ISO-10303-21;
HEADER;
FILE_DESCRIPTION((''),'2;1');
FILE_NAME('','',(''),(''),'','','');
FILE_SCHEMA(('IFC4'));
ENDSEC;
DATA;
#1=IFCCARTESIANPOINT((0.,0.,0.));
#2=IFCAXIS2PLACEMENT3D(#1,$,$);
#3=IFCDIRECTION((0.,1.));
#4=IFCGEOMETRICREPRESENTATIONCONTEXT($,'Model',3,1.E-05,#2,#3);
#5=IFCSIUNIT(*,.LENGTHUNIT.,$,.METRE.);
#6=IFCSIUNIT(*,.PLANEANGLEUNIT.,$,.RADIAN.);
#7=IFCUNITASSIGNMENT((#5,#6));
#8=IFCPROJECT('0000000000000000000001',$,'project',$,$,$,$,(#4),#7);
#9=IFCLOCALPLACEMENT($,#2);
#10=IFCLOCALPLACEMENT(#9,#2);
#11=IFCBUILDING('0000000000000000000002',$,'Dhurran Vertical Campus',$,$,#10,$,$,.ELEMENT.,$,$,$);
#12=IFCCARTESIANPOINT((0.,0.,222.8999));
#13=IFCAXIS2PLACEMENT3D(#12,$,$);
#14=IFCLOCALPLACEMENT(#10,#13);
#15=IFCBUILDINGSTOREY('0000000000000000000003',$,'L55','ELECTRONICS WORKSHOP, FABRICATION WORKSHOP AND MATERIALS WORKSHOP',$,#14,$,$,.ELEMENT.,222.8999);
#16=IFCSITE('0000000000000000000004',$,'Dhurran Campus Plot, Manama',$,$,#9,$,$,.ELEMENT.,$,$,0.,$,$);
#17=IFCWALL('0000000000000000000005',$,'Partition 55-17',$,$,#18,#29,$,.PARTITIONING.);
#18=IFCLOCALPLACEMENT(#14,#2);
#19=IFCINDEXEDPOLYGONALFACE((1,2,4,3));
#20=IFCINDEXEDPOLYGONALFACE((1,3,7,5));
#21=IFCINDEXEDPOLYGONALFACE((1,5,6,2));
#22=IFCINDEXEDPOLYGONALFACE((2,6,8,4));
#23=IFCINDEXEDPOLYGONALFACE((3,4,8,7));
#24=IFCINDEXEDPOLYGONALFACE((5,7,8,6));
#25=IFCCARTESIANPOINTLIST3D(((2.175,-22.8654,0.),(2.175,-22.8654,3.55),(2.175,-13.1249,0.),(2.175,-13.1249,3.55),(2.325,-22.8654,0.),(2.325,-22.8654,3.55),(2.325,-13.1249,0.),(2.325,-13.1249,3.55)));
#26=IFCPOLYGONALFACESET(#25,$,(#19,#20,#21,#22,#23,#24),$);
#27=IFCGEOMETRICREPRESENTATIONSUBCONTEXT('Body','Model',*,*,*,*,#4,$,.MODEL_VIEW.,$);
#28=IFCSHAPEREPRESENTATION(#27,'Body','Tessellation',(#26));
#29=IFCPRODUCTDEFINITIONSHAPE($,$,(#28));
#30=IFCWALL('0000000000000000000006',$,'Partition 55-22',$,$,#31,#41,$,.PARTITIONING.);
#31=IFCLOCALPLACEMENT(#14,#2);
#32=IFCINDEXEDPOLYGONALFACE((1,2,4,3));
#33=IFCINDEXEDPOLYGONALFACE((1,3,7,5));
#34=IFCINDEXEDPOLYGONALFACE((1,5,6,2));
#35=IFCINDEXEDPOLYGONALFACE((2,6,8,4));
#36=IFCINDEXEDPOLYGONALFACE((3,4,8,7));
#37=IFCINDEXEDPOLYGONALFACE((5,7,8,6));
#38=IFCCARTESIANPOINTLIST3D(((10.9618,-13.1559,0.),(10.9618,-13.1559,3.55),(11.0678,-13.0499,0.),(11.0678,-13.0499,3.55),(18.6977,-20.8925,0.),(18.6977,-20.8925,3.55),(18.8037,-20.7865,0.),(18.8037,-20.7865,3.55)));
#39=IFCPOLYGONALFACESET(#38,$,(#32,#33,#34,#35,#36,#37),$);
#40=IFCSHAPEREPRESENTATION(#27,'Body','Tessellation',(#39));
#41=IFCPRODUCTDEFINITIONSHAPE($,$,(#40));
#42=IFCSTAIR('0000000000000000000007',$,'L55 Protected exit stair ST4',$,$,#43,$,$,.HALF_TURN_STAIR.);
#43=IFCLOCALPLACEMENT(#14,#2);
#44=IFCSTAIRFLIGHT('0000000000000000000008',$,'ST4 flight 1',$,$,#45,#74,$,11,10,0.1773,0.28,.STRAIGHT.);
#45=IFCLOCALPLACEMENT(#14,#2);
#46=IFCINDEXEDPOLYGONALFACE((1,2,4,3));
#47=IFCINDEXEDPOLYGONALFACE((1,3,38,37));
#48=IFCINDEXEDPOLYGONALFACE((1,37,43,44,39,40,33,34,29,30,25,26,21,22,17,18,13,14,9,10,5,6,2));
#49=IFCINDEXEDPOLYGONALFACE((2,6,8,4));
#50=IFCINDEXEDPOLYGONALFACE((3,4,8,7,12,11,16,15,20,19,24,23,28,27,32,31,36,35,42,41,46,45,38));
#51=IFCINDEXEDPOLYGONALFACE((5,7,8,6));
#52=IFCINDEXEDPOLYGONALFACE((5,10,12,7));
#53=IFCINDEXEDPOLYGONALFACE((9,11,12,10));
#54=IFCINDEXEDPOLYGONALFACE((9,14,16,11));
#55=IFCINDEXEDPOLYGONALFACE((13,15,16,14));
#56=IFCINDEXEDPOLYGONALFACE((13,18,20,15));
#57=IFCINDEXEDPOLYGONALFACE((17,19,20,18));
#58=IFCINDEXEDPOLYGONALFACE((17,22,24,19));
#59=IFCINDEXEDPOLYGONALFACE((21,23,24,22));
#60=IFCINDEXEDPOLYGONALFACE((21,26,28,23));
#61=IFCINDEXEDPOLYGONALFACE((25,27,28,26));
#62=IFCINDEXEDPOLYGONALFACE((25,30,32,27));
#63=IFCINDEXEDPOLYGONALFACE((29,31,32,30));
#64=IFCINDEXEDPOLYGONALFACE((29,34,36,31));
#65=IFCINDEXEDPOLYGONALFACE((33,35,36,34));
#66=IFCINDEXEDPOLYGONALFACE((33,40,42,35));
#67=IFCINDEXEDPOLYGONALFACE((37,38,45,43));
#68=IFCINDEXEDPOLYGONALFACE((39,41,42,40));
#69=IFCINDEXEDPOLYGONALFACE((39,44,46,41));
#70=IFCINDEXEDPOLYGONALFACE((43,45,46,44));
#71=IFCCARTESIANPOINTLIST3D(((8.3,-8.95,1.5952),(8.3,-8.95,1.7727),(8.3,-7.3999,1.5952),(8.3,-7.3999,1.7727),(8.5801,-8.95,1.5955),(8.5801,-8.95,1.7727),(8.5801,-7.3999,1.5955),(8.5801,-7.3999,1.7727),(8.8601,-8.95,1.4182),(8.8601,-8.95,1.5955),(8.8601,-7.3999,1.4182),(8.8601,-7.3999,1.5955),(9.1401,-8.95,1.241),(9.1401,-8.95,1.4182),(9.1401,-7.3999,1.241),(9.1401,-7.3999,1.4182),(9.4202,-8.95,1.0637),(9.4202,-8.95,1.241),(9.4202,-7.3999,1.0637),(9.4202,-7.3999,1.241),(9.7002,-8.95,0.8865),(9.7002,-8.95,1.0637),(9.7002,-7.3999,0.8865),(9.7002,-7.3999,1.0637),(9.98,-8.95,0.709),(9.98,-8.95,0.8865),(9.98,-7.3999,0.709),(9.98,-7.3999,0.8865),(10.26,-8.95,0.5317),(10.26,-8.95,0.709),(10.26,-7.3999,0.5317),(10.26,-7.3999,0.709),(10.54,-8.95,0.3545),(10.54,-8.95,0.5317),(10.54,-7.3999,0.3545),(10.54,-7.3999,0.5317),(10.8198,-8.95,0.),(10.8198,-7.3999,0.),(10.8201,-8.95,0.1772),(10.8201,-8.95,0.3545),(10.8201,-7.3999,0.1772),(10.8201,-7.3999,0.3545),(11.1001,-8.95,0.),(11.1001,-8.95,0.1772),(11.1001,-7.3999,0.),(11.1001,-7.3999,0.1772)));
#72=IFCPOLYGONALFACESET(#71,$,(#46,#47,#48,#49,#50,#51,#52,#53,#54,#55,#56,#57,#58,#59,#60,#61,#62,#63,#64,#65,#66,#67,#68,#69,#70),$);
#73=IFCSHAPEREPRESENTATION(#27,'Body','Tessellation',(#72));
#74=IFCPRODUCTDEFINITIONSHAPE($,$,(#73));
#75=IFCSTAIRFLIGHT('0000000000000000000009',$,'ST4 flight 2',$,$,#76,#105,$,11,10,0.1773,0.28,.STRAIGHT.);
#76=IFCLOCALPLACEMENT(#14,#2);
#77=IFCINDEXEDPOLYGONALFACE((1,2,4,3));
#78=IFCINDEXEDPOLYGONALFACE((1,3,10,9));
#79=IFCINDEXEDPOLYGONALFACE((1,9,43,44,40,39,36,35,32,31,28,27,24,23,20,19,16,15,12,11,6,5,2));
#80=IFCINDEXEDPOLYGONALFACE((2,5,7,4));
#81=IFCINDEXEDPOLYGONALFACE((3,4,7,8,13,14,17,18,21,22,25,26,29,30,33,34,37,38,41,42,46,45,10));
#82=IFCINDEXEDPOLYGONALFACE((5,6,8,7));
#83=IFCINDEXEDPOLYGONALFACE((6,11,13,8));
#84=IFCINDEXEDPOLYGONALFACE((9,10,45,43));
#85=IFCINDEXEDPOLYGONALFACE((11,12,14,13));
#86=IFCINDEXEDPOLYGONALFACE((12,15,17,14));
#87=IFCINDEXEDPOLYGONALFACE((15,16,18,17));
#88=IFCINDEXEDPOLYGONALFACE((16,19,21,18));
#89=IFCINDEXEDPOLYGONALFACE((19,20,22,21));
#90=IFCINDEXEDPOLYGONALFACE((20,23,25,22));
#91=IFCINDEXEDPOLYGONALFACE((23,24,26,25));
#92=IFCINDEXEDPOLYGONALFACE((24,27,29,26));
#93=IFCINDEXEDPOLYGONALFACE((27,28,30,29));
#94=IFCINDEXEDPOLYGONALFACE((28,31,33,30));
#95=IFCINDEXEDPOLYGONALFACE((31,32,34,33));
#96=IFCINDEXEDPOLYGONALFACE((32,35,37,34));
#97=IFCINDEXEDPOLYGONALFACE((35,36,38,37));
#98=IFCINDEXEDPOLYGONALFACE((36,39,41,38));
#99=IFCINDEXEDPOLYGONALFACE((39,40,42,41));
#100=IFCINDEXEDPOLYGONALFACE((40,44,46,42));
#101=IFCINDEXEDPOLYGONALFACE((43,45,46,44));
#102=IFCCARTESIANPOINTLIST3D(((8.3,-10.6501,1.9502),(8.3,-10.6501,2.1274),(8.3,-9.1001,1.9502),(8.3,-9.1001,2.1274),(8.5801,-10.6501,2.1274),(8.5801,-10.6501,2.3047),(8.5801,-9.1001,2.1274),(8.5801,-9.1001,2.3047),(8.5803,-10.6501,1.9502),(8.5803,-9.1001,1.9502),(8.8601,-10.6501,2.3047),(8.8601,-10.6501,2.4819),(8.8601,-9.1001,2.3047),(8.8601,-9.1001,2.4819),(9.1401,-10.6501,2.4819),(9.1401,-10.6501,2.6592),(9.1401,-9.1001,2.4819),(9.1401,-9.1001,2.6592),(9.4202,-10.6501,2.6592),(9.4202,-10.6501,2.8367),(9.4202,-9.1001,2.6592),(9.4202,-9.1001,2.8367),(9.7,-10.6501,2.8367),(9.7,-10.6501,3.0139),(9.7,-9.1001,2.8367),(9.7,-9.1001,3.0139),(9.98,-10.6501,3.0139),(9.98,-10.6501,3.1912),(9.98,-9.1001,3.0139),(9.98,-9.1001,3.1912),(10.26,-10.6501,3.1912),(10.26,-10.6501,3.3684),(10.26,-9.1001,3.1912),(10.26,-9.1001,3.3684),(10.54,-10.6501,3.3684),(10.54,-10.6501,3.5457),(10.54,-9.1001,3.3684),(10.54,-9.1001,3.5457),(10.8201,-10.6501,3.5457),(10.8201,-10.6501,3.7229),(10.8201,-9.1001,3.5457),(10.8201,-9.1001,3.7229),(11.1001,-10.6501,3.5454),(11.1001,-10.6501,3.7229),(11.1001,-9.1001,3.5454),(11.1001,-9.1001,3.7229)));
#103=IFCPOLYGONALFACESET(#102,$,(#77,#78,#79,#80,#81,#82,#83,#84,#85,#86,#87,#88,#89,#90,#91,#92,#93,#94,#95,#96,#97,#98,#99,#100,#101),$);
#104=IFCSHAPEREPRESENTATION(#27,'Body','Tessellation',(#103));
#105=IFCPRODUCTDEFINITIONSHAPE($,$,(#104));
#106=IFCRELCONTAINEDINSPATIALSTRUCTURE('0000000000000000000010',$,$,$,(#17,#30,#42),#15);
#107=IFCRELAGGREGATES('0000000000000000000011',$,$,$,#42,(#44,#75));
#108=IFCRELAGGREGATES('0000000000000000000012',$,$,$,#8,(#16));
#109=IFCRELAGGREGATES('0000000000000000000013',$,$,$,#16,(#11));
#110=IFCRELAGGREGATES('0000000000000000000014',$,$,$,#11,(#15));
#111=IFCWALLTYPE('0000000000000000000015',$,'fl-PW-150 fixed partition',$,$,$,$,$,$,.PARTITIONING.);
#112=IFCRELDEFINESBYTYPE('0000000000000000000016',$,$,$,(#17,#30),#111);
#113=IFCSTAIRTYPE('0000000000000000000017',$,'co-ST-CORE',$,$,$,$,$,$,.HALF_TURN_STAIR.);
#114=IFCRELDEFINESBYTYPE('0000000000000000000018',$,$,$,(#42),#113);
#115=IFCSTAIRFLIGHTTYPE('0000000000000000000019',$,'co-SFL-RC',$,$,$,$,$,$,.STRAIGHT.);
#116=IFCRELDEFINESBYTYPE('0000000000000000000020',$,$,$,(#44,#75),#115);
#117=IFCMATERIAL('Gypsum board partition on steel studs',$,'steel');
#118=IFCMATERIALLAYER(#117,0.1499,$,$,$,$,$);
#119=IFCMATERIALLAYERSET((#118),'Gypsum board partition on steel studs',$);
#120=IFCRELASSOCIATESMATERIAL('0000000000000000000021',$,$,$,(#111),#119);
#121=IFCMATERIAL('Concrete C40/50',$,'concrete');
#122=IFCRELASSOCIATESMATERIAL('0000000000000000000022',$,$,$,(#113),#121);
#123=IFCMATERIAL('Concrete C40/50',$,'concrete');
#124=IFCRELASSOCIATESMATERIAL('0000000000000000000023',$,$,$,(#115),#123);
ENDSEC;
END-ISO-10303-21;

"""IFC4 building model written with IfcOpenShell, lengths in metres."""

from ifc_helpers import new_model, si_unit, direction, frame, frame_2d, origin, place, context, subcontext, project, spatial, polyline, rectangle, outline, extrude, material, layer, layer_set, type_object, element, aggregate, save


model = new_model("IFC4")

# Units and contexts
model_context = context("Model", 3, precision=1e-05, world=origin(), true_north=direction((0.0, 1.0)))
body_context = subcontext(model_context, "Body", "Model", "MODEL_VIEW")
ifc_project = project(units=[si_unit("LENGTHUNIT", "METRE"), si_unit("PLANEANGLEUNIT", "RADIAN")], contexts=[model_context])

# Site, building, storey
site_placement = place(None, origin())
site = spatial("IfcSite", under=ifc_project, at=site_placement, Name="Dhurran Campus Plot, Manama", CompositionType="ELEMENT", RefElevation=0.0)
building_placement = place(site_placement, origin())
building = spatial("IfcBuilding", under=site, at=building_placement, Name="Dhurran Vertical Campus", CompositionType="ELEMENT")
storey_placement = place(building_placement, frame((0.0, 0.0, 222.8999)))
storey = spatial("IfcBuildingStorey", under=building, at=storey_placement, Name="L55", Description="ELECTRONICS WORKSHOP, FABRICATION WORKSHOP AND MATERIALS WORKSHOP", CompositionType="ELEMENT", Elevation=222.8999)

# Walls
ifc_material_1 = material(Name="Gypsum board partition on steel studs", Category="steel")
ifc_layer_1 = layer(ifc_material_1, 0.1499)
ifc_layer_set_1 = layer_set([ifc_layer_1], Name="Gypsum board partition on steel studs")
wall_type_1 = type_object("IfcWallType", Name="fl-PW-150 fixed partition", PredefinedType="PARTITIONING", material=ifc_layer_set_1)
wall_1_placement = place(storey_placement, frame((2.25, -13.125, 0.0), z_axis=(0.0, 0.0, 1.0), x_axis=(0.0, -1.0, 0.0)))
element("IfcWall", 1, at=wall_1_placement, inside=storey, type_object=wall_type_1, Name="Partition 55-17", PredefinedType="PARTITIONING", context=body_context, shape_type="SweptSolid", body=[
    extrude(rectangle(XDim=9.7405, YDim=0.1499, at=frame_2d((4.8701, 0.0))), origin(), (0.0, 0.0, 1.0), 3.55),
])
wall_2_placement = place(storey_placement, frame((11.0149, -13.103, 0.0), z_axis=(0.0, 0.0, 1.0), x_axis=(0.707073, -0.70714, 0.0)))
element("IfcWall", 2, at=wall_2_placement, inside=storey, type_object=wall_type_1, Name="Partition 55-22", PredefinedType="PARTITIONING", context=body_context, shape_type="SweptSolid", body=[
    extrude(rectangle(XDim=10.9407, YDim=0.1499, at=frame_2d((5.4702, 0.0))), origin(), (0.0, 0.0, 1.0), 3.55),
])

# Stair, stair flights
ifc_material_2 = material(Name="Concrete C40/50", Category="concrete")
stair_type = type_object("IfcStairType", Name="co-ST-CORE", PredefinedType="HALF_TURN_STAIR", material=ifc_material_2)
stair_placement = place(storey_placement, origin())
stair = element("IfcStair", 3, at=stair_placement, inside=storey, type_object=stair_type, Name="L55 Protected exit stair ST4", PredefinedType="HALF_TURN_STAIR")
ifc_material_3 = material(Name="Concrete C40/50", Category="concrete")
stair_flight_type = type_object("IfcStairFlightType", Name="co-SFL-RC", PredefinedType="STRAIGHT", material=ifc_material_3)
stair_flight_1_placement = place(storey_placement, frame((11.1001, -8.175, 0.0), z_axis=(0.0, 0.0, 1.0), x_axis=(-1.0, 0.0, 0.0)))
stair_flight_1 = element("IfcStairFlight", 4, at=stair_flight_1_placement, type_object=stair_flight_type, Name="ST4 flight 1", NumberOfRisers=11, NumberOfTreads=10, PredefinedType="STRAIGHT", RiserHeight=0.1773, TreadLength=0.28, context=body_context, shape_type="SweptSolid", body=[
    extrude(outline(polyline([(0.0, 0.0), (0.0, 0.1772), (0.28, 0.1772), (0.28, 0.3545), (0.5601, 0.3545), (0.5601, 0.5317), (0.8401, 0.5317), (0.8401, 0.709), (1.1201, 0.709), (1.1201, 0.8865), (1.3999, 0.8865), (1.3999, 1.0637), (1.6799, 1.0637), (1.6799, 1.241), (1.96, 1.241), (1.96, 1.4182), (2.24, 1.4182), (2.24, 1.5955), (2.52, 1.5955), (2.52, 1.7727), (2.8, 1.7727), (2.8, 1.95), (2.8, 1.5952), (0.2803, 0.0), (0.0, 0.0)])), frame((0.0, 0.7749, 0.0), z_axis=(0.0, -1.0, 0.0), x_axis=(1.0, 0.0, 0.0)), (0.0, 0.0, 1.0), 1.55),
])
stair_flight_2_placement = place(storey_placement, frame((8.3, -9.875, 1.9502), z_axis=(0.0, 0.0, 1.0), x_axis=(1.0, 0.0, 0.0)))
stair_flight_2 = element("IfcStairFlight", 5, at=stair_flight_2_placement, type_object=stair_flight_type, Name="ST4 flight 2", NumberOfRisers=11, NumberOfTreads=10, PredefinedType="STRAIGHT", RiserHeight=0.1773, TreadLength=0.28, context=body_context, shape_type="SweptSolid", body=[
    extrude(outline(polyline([(0.0, 0.0), (0.0, 0.1772), (0.28, 0.1772), (0.28, 0.3545), (0.5601, 0.3545), (0.5601, 0.5317), (0.8401, 0.5317), (0.8401, 0.709), (1.1201, 0.709), (1.1201, 0.8865), (1.3999, 0.8865), (1.3999, 1.0637), (1.6799, 1.0637), (1.6799, 1.241), (1.96, 1.241), (1.96, 1.4182), (2.24, 1.4182), (2.24, 1.5955), (2.52, 1.5955), (2.52, 1.7727), (2.8, 1.7727), (2.8, 1.95), (2.8, 1.5952), (0.2803, 0.0), (0.0, 0.0)])), frame((0.0, 0.7749, 0.0), z_axis=(0.0, -1.0, 0.0), x_axis=(1.0, 0.0, 0.0)), (0.0, 0.0, 1.0), 1.55),
])
aggregate(stair, [stair_flight_1, stair_flight_2])

save(model, "model.ifc")
